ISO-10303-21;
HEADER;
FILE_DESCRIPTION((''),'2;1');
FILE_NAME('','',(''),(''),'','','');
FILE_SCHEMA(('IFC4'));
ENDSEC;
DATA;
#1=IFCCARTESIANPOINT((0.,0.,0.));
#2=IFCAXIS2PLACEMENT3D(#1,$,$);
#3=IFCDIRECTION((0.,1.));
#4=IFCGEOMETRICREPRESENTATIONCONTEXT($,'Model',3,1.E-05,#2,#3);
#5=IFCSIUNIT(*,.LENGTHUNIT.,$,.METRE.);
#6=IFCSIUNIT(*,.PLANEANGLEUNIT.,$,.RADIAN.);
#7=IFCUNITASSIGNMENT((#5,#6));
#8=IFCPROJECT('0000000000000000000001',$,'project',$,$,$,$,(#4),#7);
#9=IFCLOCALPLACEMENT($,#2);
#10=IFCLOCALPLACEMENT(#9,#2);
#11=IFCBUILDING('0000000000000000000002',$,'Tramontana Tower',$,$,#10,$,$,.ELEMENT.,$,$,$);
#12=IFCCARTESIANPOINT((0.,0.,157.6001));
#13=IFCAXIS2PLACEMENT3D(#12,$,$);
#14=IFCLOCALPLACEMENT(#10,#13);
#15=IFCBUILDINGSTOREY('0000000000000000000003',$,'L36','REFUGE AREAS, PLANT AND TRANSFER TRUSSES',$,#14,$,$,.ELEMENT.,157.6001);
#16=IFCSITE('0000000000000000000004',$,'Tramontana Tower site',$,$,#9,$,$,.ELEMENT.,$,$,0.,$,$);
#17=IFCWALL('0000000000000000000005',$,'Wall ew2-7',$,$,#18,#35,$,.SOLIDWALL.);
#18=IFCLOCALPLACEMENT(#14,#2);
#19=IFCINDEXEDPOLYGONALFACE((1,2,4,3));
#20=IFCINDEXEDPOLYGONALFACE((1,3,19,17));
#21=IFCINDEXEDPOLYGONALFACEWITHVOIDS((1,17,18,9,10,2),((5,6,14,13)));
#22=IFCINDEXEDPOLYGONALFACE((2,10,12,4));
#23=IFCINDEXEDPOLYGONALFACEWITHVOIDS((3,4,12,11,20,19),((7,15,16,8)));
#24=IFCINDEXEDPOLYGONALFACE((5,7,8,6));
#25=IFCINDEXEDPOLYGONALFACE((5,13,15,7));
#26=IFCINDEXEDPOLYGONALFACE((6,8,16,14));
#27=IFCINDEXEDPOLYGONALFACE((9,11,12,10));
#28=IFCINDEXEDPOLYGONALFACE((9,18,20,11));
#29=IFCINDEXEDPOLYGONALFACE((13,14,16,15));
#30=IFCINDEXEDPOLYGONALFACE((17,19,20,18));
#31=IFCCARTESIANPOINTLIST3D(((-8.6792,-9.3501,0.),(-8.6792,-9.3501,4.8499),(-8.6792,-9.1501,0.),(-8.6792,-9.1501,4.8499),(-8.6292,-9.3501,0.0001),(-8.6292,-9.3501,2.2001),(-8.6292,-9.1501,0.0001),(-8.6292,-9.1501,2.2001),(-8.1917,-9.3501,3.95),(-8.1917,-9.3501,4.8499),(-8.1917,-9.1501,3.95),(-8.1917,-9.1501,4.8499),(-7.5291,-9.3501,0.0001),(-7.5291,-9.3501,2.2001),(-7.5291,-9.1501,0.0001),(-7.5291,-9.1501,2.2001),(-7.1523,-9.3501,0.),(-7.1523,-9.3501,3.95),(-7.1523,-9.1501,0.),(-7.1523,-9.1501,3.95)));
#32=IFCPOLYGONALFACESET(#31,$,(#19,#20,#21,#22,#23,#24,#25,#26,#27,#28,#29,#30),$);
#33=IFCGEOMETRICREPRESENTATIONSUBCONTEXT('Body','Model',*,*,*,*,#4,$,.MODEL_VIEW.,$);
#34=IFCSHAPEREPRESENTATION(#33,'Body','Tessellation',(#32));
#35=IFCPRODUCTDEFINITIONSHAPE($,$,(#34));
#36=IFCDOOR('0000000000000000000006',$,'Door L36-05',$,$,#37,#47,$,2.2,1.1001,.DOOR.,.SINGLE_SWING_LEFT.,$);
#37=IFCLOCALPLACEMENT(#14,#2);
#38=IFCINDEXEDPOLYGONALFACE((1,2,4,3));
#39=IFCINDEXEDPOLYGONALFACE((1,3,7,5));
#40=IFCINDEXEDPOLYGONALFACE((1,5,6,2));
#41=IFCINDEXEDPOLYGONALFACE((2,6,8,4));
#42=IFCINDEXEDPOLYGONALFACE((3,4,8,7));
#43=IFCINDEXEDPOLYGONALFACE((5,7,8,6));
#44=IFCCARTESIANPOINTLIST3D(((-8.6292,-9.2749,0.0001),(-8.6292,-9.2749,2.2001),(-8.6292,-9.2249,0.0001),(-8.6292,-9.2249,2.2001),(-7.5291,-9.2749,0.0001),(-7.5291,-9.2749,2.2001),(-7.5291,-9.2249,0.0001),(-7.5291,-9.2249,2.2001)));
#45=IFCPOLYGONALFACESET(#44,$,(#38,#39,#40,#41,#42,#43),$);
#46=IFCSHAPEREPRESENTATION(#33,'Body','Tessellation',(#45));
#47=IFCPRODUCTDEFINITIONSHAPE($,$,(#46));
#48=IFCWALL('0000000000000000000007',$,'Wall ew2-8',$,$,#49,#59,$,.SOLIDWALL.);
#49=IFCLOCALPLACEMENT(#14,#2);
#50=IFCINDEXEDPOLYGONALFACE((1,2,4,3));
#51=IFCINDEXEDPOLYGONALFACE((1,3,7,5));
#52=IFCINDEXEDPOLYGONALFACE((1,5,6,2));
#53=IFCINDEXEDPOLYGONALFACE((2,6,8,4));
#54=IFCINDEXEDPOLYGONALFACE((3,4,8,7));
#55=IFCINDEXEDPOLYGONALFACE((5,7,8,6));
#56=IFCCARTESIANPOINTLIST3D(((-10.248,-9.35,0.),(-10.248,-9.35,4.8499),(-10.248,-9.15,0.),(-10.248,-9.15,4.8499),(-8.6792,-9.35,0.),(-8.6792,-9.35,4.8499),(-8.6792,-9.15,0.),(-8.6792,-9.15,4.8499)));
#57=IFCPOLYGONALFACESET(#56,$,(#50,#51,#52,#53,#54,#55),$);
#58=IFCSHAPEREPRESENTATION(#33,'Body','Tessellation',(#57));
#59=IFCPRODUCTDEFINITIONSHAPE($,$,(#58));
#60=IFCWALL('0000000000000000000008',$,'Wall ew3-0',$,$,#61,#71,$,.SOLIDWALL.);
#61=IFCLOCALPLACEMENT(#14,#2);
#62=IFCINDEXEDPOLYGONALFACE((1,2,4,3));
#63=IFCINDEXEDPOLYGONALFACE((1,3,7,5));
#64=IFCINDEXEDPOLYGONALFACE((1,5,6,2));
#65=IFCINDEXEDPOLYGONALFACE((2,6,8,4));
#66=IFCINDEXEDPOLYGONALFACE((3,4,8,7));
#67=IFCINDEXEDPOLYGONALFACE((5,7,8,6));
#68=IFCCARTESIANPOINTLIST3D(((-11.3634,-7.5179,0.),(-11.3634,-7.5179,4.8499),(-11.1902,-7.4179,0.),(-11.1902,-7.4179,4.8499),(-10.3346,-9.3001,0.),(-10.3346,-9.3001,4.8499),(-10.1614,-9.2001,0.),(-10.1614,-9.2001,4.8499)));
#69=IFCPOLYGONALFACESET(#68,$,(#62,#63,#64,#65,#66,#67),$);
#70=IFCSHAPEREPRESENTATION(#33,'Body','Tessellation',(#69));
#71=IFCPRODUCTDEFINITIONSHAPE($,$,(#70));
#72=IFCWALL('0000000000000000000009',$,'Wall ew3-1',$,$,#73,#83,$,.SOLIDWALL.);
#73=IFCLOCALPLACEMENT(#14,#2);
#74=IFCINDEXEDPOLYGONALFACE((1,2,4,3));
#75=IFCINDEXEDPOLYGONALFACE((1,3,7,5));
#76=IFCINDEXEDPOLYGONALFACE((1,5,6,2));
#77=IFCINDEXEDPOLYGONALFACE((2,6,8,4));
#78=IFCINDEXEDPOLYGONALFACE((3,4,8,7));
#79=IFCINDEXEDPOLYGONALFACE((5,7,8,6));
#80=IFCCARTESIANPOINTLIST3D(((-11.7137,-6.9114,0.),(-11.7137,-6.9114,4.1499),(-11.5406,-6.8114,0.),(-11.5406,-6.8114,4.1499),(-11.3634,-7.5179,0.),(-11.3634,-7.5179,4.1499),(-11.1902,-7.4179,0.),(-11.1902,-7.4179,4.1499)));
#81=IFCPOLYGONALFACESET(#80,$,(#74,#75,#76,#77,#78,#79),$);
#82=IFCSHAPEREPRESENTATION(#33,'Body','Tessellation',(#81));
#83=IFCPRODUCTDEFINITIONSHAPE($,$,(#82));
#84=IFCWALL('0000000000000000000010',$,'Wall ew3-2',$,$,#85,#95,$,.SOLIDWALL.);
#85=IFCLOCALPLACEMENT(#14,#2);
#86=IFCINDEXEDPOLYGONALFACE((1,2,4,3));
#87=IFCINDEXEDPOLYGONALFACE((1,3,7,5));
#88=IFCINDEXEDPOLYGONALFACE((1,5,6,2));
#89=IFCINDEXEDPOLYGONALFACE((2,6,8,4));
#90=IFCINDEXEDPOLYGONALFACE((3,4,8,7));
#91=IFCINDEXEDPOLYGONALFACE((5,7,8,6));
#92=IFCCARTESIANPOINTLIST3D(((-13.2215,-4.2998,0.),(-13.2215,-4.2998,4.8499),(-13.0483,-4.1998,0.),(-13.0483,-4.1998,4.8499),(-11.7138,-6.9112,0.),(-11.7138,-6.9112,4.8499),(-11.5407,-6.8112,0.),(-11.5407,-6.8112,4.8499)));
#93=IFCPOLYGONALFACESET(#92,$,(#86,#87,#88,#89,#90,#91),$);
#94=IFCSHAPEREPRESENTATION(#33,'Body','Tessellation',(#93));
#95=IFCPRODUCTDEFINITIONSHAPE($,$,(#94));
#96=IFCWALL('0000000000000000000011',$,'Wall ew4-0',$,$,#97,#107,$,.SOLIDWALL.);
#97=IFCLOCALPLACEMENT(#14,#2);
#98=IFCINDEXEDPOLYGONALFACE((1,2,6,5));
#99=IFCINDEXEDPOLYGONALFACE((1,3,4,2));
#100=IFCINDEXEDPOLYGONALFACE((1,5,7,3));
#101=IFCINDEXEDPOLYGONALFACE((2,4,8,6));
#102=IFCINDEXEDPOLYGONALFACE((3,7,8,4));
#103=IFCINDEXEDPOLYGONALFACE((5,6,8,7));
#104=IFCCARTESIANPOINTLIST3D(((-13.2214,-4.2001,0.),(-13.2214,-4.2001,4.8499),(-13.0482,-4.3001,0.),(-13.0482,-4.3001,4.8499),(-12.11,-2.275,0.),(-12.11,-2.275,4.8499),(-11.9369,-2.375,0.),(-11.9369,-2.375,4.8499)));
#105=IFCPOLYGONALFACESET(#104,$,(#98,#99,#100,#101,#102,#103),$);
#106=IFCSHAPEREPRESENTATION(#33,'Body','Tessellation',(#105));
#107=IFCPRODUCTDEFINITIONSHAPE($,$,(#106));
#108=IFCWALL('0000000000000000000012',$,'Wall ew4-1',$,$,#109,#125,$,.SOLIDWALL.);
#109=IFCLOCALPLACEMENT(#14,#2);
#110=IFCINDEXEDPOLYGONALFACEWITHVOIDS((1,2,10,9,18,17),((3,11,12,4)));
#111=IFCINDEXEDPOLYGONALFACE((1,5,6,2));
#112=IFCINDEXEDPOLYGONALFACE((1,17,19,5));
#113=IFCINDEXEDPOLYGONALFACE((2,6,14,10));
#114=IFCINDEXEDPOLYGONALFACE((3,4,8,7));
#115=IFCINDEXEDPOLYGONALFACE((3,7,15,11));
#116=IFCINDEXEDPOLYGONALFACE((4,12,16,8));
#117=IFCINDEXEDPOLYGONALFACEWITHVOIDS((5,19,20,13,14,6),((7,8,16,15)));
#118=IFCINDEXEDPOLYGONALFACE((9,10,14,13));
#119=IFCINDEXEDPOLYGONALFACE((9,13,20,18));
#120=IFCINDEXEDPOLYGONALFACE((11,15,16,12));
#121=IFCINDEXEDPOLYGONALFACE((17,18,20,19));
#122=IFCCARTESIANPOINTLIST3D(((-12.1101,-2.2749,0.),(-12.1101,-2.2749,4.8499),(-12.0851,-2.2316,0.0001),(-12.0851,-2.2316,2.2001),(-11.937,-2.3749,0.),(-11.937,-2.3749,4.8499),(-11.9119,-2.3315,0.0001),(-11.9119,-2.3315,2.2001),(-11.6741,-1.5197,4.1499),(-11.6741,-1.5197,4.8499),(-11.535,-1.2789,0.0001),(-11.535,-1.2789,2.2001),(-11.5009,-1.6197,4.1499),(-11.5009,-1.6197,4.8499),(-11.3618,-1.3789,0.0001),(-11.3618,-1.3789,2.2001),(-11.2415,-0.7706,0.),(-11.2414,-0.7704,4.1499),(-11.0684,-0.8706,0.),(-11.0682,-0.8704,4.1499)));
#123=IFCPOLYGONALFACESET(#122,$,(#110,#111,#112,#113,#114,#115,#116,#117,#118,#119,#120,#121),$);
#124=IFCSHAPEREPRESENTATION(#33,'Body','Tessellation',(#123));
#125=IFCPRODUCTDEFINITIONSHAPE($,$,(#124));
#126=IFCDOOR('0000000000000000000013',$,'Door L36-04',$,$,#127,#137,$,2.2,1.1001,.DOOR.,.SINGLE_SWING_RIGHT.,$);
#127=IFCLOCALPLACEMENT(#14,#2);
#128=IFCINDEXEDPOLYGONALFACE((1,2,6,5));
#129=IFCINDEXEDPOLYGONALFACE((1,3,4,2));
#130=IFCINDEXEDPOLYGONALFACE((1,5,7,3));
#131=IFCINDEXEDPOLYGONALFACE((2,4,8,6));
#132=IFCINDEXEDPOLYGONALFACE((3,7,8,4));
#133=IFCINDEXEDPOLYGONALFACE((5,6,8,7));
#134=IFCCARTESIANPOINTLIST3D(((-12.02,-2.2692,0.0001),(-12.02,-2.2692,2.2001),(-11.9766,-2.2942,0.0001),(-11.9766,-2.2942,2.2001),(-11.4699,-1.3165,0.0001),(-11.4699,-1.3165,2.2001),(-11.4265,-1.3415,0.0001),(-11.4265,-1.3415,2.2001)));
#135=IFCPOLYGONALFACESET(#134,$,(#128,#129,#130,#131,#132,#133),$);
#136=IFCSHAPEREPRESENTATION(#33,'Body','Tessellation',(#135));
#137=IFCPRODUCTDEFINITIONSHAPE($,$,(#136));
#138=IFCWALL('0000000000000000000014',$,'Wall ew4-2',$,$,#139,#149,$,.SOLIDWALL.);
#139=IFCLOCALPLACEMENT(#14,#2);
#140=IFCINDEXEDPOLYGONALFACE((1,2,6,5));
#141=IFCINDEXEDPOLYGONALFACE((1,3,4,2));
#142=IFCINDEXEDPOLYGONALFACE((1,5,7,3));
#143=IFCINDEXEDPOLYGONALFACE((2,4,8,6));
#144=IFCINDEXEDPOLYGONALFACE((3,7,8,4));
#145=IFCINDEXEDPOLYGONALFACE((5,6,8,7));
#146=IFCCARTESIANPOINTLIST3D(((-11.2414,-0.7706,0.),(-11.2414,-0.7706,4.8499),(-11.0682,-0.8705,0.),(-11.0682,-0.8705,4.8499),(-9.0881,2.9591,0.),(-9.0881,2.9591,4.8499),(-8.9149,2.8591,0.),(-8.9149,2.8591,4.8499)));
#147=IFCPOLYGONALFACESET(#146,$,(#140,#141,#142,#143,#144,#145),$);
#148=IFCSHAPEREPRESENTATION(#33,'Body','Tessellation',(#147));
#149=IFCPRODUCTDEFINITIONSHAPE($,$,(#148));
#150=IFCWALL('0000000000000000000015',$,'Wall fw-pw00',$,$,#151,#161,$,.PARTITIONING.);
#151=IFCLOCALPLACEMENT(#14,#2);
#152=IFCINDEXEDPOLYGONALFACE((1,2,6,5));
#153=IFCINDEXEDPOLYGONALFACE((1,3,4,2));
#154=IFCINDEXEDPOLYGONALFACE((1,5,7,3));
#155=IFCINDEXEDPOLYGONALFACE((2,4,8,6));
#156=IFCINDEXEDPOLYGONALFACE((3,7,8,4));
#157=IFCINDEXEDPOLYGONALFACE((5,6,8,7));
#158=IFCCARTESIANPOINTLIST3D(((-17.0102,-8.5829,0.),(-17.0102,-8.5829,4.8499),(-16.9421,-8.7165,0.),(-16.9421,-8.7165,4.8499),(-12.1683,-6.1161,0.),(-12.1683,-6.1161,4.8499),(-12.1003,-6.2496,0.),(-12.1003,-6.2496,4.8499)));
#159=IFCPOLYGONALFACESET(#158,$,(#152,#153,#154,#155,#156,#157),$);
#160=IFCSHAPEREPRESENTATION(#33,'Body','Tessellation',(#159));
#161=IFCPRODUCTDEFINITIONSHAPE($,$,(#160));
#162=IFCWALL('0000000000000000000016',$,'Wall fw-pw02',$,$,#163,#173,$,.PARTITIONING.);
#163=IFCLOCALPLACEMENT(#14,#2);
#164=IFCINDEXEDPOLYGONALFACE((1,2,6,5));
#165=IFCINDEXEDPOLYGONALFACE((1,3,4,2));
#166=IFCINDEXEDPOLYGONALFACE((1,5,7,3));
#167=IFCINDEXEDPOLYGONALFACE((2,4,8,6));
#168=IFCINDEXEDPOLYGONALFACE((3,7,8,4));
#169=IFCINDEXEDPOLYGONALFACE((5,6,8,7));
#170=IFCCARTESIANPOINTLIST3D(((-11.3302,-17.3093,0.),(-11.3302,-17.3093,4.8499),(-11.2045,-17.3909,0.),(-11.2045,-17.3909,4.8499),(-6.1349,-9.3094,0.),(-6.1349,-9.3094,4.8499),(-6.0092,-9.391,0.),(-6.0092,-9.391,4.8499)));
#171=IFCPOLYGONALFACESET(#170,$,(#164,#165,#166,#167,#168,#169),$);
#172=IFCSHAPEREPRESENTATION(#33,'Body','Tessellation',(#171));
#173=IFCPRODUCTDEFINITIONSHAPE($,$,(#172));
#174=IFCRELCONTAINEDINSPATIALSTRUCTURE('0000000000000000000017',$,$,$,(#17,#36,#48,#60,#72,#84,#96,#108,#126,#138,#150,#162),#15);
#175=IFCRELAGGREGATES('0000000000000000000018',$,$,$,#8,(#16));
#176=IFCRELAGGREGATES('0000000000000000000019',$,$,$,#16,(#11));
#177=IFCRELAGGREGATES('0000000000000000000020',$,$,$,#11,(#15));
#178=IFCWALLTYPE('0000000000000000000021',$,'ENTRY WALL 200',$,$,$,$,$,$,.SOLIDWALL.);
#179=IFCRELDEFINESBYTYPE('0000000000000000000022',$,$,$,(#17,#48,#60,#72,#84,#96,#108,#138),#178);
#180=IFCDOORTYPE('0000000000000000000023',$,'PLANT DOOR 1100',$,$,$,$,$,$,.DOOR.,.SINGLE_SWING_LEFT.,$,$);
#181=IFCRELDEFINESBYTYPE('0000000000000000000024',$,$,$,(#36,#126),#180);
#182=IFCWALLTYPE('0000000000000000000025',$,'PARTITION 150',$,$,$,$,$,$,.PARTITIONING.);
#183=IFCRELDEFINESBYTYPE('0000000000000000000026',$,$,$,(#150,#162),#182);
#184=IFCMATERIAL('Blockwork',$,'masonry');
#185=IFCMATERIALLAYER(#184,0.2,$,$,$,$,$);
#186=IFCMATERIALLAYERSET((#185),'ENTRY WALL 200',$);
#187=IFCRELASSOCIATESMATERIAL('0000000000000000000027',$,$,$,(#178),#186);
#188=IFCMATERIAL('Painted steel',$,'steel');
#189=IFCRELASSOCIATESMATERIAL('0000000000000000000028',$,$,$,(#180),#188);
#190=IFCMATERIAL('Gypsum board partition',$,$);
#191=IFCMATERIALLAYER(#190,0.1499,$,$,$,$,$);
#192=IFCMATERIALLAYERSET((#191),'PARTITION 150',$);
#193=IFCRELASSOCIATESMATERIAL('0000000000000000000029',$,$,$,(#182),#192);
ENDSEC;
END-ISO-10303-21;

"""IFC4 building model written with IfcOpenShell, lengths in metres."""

from ifc_helpers import new_model, si_unit, direction, frame, frame_2d, origin, place, context, subcontext, project, spatial, polyline, rectangle, outline, extrude, material, layer, layer_set, type_object, element, fill, save


model = new_model("IFC4")

# Units and contexts
model_context = context("Model", 3, precision=1e-05, world=origin(), true_north=direction((0.0, 1.0)))
body_context = subcontext(model_context, "Body", "Model", "MODEL_VIEW")
ifc_project = project(units=[si_unit("LENGTHUNIT", "METRE"), si_unit("PLANEANGLEUNIT", "RADIAN")], contexts=[model_context])

# Site, building, storey
site_placement = place(None, origin())
site = spatial("IfcSite", under=ifc_project, at=site_placement, Name="Tramontana Tower site", CompositionType="ELEMENT", RefElevation=0.0)
building_placement = place(site_placement, origin())
building = spatial("IfcBuilding", under=site, at=building_placement, Name="Tramontana Tower", CompositionType="ELEMENT")
storey_placement = place(building_placement, frame((0.0, 0.0, 157.6001)))
storey = spatial("IfcBuildingStorey", under=building, at=storey_placement, Name="L36", Description="REFUGE AREAS, PLANT AND TRANSFER TRUSSES", CompositionType="ELEMENT", Elevation=157.6001)

# Wall, opening, door
ifc_material_1 = material(Name="Blockwork", Category="masonry")
ifc_layer_1 = layer(ifc_material_1, 0.2)
ifc_layer_set_1 = layer_set([ifc_layer_1], Name="ENTRY WALL 200")
wall_type_1 = type_object("IfcWallType", Name="ENTRY WALL 200", PredefinedType="SOLIDWALL", material=ifc_layer_set_1)
wall_1_placement = place(storey_placement, frame((-7.1523, -9.25, 0.0), z_axis=(0.0, 0.0, 1.0), x_axis=(-1.0, 0.0, 0.0)))
wall_1 = element("IfcWall", 1, at=wall_1_placement, inside=storey, type_object=wall_type_1, Name="Wall ew2-7", PredefinedType="SOLIDWALL", context=body_context, shape_type="SweptSolid", body=[
    extrude(outline(polyline([(0.0, 0.0), (1.5269, 0.0), (1.5269, 4.8499), (1.0393, 4.8499), (1.0393, 3.95), (0.0, 3.95), (0.0, 0.0)])), frame((0.0, 0.1001, 0.0), z_axis=(0.0, -1.0, 0.0), x_axis=(1.0, 0.0, 0.0)), (0.0, 0.0, 1.0), 0.2),
])
opening_1_placement = place(wall_1_placement, frame((0.3767, 0.0, 0.0)))
opening_1 = element("IfcOpeningElement", 2, at=opening_1_placement, cuts=wall_1, PredefinedType="OPENING", context=body_context, shape_type="SweptSolid", body=[
    extrude(rectangle(XDim=1.1001, YDim=2.2, at=frame_2d((0.55, 1.1001))), frame((0.0, 0.1099, 0.0), z_axis=(0.0, -1.0, 0.0), x_axis=(1.0, 0.0, 0.0)), (0.0, 0.0, 1.0), 0.22),
])
ifc_material_2 = material(Name="Painted steel", Category="steel")
door_type_1 = type_object("IfcDoorType", Name="PLANT DOOR 1100", OperationType="SINGLE_SWING_LEFT", PredefinedType="DOOR", material=ifc_material_2)
door_1_placement = place(opening_1_placement, origin())
door_1 = element("IfcDoor", 3, at=door_1_placement, inside=storey, type_object=door_type_1, Name="Door L36-05", OperationType="SINGLE_SWING_LEFT", OverallHeight=2.2, OverallWidth=1.1001, PredefinedType="DOOR", context=body_context, shape_type="SweptSolid", body=[
    extrude(rectangle(XDim=1.1001, YDim=2.2, at=frame_2d((0.55, 1.1001))), frame((0.0, 0.0249, 0.0), z_axis=(0.0, -1.0, 0.0), x_axis=(1.0, 0.0, 0.0)), (0.0, 0.0, 1.0), 0.05),
])
fill(opening_1, door_1)

# Walls
wall_2_placement = place(storey_placement, frame((-8.6792, -9.25, 0.0), z_axis=(0.0, 0.0, 1.0), x_axis=(-1.0, 0.0, 0.0)))
element("IfcWall", 4, at=wall_2_placement, inside=storey, type_object=wall_type_1, Name="Wall ew2-8", PredefinedType="SOLIDWALL", context=body_context, shape_type="SweptSolid", body=[
    extrude(rectangle(XDim=1.5688, YDim=0.2, at=frame_2d((0.7844, 0.0))), origin(), (0.0, 0.0, 1.0), 4.8499),
])
wall_3_placement = place(storey_placement, frame((-10.248, -9.25, 0.0), z_axis=(0.0, 0.0, 1.0), x_axis=(-0.499942, 0.866059, 0.0)))
element("IfcWall", 5, at=wall_3_placement, inside=storey, type_object=wall_type_1, Name="Wall ew3-0", PredefinedType="SOLIDWALL", context=body_context, shape_type="SweptSolid", body=[
    extrude(rectangle(XDim=2.0579, YDim=0.2, at=frame_2d((1.0288, 0.0))), origin(), (0.0, 0.0, 1.0), 4.8499),
])
wall_4_placement = place(storey_placement, frame((-11.2769, -7.4678, 0.0), z_axis=(0.0, 0.0, 1.0), x_axis=(-0.500225, 0.865895, 0.0)))
element("IfcWall", 6, at=wall_4_placement, inside=storey, type_object=wall_type_1, Name="Wall ew3-1", PredefinedType="SOLIDWALL", context=body_context, shape_type="SweptSolid", body=[
    extrude(rectangle(XDim=0.7004, YDim=0.2, at=frame_2d((0.3501, 0.0))), origin(), (0.0, 0.0, 1.0), 4.1499),
])
wall_5_placement = place(storey_placement, frame((-11.6272, -6.8613, 0.0), z_axis=(0.0, 0.0, 1.0), x_axis=(-0.499979, 0.866037, 0.0)))
element("IfcWall", 7, at=wall_5_placement, inside=storey, type_object=wall_type_1, Name="Wall ew3-2", PredefinedType="SOLIDWALL", context=body_context, shape_type="SweptSolid", body=[
    extrude(rectangle(XDim=3.0154, YDim=0.2, at=frame_2d((1.5078, 0.0))), origin(), (0.0, 0.0, 1.0), 4.8499),
])
wall_6_placement = place(storey_placement, frame((-13.1348, -4.25, 0.0), z_axis=(0.0, 0.0, 1.0), x_axis=(0.499966, 0.866045, 0.0)))
element("IfcWall", 8, at=wall_6_placement, inside=storey, type_object=wall_type_1, Name="Wall ew4-0", PredefinedType="SOLIDWALL", context=body_context, shape_type="SweptSolid", body=[
    extrude(rectangle(XDim=2.2229, YDim=0.2, at=frame_2d((1.1113, 0.0))), origin(), (0.0, 0.0, 1.0), 4.8499),
])

# Wall, opening, door
wall_7_placement = place(storey_placement, frame((-12.0234, -2.325, 0.0), z_axis=(0.0, 0.0, 1.0), x_axis=(0.500039, 0.866003, 0.0)))
wall_7 = element("IfcWall", 9, at=wall_7_placement, inside=storey, type_object=wall_type_1, Name="Wall ew4-1", PredefinedType="SOLIDWALL", context=body_context, shape_type="SweptSolid", body=[
    extrude(outline(polyline([(0.0, 0.0), (1.7371, 0.0), (1.7373, 4.1499), (0.8721, 4.1499), (0.8721, 4.8499), (0.0, 4.8499), (0.0, 0.0)])), frame((0.0, 0.1001, 0.0), z_axis=(0.0, -1.0, 0.0), x_axis=(1.0, 0.0, 0.0)), (0.0, 0.0, 1.0), 0.2),
])
opening_2_placement = place(wall_7_placement, frame((0.05, 0.0, 0.0)))
opening_2 = element("IfcOpeningElement", 10, at=opening_2_placement, cuts=wall_7, PredefinedType="OPENING", context=body_context, shape_type="SweptSolid", body=[
    extrude(rectangle(XDim=1.1001, YDim=2.2, at=frame_2d((0.55, 1.1001))), frame((0.0, 0.1099, 0.0), z_axis=(0.0, -1.0, 0.0), x_axis=(1.0, 0.0, 0.0)), (0.0, 0.0, 1.0), 0.22),
])
door_2_placement = place(opening_2_placement, origin())
door_2 = element("IfcDoor", 11, at=door_2_placement, inside=storey, type_object=door_type_1, Name="Door L36-04", OperationType="SINGLE_SWING_RIGHT", OverallHeight=2.2, OverallWidth=1.1001, PredefinedType="DOOR", context=body_context, shape_type="SweptSolid", body=[
    extrude(rectangle(XDim=1.1001, YDim=2.2, at=frame_2d((0.55, 1.1001))), frame((0.0, 0.0249, 0.0), z_axis=(0.0, -1.0, 0.0), x_axis=(1.0, 0.0, 0.0)), (0.0, 0.0, 1.0), 0.05),
])
fill(opening_2, door_2)

# Walls
wall_8_placement = place(storey_placement, frame((-11.1548, -0.8206, 0.0), z_axis=(0.0, 0.0, 1.0), x_axis=(0.499992, 0.86603, 0.0)))
element("IfcWall", 12, at=wall_8_placement, inside=storey, type_object=wall_type_1, Name="Wall ew4-2", PredefinedType="SOLIDWALL", context=body_context, shape_type="SweptSolid", body=[
    extrude(rectangle(XDim=4.3066, YDim=0.2, at=frame_2d((2.1533, 0.0))), origin(), (0.0, 0.0, 1.0), 4.8499),
])
ifc_material_3 = material(Name="Gypsum board partition")
ifc_layer_2 = layer(ifc_material_3, 0.1499)
ifc_layer_set_2 = layer_set([ifc_layer_2], Name="PARTITION 150")
wall_type_2 = type_object("IfcWallType", Name="PARTITION 150", PredefinedType="PARTITIONING", material=ifc_layer_set_2)
wall_9_placement = place(storey_placement, frame((-12.1343, -6.1829, 0.0), z_axis=(0.0, 0.0, 1.0), x_axis=(-0.891023, -0.453958, 0.0)))
element("IfcWall", 13, at=wall_9_placement, inside=storey, type_object=wall_type_2, Name="Wall fw-pw00", PredefinedType="PARTITIONING", context=body_context, shape_type="SweptSolid", body=[
    extrude(rectangle(XDim=5.4341, YDim=0.1499, at=frame_2d((2.717, 0.0))), origin(), (0.0, 0.0, 1.0), 4.8499),
])
wall_10_placement = place(storey_placement, frame((-6.072, -9.3501, 0.0), z_axis=(0.0, 0.0, 1.0), x_axis=(-0.544643, -0.838668, 0.0)))
element("IfcWall", 14, at=wall_10_placement, inside=storey, type_object=wall_type_2, Name="Wall fw-pw02", PredefinedType="PARTITIONING", context=body_context, shape_type="SweptSolid", body=[
    extrude(rectangle(XDim=9.5388, YDim=0.1499, at=frame_2d((4.7695, 0.0))), origin(), (0.0, 0.0, 1.0), 4.8499),
])

save(model, "model.ifc")
